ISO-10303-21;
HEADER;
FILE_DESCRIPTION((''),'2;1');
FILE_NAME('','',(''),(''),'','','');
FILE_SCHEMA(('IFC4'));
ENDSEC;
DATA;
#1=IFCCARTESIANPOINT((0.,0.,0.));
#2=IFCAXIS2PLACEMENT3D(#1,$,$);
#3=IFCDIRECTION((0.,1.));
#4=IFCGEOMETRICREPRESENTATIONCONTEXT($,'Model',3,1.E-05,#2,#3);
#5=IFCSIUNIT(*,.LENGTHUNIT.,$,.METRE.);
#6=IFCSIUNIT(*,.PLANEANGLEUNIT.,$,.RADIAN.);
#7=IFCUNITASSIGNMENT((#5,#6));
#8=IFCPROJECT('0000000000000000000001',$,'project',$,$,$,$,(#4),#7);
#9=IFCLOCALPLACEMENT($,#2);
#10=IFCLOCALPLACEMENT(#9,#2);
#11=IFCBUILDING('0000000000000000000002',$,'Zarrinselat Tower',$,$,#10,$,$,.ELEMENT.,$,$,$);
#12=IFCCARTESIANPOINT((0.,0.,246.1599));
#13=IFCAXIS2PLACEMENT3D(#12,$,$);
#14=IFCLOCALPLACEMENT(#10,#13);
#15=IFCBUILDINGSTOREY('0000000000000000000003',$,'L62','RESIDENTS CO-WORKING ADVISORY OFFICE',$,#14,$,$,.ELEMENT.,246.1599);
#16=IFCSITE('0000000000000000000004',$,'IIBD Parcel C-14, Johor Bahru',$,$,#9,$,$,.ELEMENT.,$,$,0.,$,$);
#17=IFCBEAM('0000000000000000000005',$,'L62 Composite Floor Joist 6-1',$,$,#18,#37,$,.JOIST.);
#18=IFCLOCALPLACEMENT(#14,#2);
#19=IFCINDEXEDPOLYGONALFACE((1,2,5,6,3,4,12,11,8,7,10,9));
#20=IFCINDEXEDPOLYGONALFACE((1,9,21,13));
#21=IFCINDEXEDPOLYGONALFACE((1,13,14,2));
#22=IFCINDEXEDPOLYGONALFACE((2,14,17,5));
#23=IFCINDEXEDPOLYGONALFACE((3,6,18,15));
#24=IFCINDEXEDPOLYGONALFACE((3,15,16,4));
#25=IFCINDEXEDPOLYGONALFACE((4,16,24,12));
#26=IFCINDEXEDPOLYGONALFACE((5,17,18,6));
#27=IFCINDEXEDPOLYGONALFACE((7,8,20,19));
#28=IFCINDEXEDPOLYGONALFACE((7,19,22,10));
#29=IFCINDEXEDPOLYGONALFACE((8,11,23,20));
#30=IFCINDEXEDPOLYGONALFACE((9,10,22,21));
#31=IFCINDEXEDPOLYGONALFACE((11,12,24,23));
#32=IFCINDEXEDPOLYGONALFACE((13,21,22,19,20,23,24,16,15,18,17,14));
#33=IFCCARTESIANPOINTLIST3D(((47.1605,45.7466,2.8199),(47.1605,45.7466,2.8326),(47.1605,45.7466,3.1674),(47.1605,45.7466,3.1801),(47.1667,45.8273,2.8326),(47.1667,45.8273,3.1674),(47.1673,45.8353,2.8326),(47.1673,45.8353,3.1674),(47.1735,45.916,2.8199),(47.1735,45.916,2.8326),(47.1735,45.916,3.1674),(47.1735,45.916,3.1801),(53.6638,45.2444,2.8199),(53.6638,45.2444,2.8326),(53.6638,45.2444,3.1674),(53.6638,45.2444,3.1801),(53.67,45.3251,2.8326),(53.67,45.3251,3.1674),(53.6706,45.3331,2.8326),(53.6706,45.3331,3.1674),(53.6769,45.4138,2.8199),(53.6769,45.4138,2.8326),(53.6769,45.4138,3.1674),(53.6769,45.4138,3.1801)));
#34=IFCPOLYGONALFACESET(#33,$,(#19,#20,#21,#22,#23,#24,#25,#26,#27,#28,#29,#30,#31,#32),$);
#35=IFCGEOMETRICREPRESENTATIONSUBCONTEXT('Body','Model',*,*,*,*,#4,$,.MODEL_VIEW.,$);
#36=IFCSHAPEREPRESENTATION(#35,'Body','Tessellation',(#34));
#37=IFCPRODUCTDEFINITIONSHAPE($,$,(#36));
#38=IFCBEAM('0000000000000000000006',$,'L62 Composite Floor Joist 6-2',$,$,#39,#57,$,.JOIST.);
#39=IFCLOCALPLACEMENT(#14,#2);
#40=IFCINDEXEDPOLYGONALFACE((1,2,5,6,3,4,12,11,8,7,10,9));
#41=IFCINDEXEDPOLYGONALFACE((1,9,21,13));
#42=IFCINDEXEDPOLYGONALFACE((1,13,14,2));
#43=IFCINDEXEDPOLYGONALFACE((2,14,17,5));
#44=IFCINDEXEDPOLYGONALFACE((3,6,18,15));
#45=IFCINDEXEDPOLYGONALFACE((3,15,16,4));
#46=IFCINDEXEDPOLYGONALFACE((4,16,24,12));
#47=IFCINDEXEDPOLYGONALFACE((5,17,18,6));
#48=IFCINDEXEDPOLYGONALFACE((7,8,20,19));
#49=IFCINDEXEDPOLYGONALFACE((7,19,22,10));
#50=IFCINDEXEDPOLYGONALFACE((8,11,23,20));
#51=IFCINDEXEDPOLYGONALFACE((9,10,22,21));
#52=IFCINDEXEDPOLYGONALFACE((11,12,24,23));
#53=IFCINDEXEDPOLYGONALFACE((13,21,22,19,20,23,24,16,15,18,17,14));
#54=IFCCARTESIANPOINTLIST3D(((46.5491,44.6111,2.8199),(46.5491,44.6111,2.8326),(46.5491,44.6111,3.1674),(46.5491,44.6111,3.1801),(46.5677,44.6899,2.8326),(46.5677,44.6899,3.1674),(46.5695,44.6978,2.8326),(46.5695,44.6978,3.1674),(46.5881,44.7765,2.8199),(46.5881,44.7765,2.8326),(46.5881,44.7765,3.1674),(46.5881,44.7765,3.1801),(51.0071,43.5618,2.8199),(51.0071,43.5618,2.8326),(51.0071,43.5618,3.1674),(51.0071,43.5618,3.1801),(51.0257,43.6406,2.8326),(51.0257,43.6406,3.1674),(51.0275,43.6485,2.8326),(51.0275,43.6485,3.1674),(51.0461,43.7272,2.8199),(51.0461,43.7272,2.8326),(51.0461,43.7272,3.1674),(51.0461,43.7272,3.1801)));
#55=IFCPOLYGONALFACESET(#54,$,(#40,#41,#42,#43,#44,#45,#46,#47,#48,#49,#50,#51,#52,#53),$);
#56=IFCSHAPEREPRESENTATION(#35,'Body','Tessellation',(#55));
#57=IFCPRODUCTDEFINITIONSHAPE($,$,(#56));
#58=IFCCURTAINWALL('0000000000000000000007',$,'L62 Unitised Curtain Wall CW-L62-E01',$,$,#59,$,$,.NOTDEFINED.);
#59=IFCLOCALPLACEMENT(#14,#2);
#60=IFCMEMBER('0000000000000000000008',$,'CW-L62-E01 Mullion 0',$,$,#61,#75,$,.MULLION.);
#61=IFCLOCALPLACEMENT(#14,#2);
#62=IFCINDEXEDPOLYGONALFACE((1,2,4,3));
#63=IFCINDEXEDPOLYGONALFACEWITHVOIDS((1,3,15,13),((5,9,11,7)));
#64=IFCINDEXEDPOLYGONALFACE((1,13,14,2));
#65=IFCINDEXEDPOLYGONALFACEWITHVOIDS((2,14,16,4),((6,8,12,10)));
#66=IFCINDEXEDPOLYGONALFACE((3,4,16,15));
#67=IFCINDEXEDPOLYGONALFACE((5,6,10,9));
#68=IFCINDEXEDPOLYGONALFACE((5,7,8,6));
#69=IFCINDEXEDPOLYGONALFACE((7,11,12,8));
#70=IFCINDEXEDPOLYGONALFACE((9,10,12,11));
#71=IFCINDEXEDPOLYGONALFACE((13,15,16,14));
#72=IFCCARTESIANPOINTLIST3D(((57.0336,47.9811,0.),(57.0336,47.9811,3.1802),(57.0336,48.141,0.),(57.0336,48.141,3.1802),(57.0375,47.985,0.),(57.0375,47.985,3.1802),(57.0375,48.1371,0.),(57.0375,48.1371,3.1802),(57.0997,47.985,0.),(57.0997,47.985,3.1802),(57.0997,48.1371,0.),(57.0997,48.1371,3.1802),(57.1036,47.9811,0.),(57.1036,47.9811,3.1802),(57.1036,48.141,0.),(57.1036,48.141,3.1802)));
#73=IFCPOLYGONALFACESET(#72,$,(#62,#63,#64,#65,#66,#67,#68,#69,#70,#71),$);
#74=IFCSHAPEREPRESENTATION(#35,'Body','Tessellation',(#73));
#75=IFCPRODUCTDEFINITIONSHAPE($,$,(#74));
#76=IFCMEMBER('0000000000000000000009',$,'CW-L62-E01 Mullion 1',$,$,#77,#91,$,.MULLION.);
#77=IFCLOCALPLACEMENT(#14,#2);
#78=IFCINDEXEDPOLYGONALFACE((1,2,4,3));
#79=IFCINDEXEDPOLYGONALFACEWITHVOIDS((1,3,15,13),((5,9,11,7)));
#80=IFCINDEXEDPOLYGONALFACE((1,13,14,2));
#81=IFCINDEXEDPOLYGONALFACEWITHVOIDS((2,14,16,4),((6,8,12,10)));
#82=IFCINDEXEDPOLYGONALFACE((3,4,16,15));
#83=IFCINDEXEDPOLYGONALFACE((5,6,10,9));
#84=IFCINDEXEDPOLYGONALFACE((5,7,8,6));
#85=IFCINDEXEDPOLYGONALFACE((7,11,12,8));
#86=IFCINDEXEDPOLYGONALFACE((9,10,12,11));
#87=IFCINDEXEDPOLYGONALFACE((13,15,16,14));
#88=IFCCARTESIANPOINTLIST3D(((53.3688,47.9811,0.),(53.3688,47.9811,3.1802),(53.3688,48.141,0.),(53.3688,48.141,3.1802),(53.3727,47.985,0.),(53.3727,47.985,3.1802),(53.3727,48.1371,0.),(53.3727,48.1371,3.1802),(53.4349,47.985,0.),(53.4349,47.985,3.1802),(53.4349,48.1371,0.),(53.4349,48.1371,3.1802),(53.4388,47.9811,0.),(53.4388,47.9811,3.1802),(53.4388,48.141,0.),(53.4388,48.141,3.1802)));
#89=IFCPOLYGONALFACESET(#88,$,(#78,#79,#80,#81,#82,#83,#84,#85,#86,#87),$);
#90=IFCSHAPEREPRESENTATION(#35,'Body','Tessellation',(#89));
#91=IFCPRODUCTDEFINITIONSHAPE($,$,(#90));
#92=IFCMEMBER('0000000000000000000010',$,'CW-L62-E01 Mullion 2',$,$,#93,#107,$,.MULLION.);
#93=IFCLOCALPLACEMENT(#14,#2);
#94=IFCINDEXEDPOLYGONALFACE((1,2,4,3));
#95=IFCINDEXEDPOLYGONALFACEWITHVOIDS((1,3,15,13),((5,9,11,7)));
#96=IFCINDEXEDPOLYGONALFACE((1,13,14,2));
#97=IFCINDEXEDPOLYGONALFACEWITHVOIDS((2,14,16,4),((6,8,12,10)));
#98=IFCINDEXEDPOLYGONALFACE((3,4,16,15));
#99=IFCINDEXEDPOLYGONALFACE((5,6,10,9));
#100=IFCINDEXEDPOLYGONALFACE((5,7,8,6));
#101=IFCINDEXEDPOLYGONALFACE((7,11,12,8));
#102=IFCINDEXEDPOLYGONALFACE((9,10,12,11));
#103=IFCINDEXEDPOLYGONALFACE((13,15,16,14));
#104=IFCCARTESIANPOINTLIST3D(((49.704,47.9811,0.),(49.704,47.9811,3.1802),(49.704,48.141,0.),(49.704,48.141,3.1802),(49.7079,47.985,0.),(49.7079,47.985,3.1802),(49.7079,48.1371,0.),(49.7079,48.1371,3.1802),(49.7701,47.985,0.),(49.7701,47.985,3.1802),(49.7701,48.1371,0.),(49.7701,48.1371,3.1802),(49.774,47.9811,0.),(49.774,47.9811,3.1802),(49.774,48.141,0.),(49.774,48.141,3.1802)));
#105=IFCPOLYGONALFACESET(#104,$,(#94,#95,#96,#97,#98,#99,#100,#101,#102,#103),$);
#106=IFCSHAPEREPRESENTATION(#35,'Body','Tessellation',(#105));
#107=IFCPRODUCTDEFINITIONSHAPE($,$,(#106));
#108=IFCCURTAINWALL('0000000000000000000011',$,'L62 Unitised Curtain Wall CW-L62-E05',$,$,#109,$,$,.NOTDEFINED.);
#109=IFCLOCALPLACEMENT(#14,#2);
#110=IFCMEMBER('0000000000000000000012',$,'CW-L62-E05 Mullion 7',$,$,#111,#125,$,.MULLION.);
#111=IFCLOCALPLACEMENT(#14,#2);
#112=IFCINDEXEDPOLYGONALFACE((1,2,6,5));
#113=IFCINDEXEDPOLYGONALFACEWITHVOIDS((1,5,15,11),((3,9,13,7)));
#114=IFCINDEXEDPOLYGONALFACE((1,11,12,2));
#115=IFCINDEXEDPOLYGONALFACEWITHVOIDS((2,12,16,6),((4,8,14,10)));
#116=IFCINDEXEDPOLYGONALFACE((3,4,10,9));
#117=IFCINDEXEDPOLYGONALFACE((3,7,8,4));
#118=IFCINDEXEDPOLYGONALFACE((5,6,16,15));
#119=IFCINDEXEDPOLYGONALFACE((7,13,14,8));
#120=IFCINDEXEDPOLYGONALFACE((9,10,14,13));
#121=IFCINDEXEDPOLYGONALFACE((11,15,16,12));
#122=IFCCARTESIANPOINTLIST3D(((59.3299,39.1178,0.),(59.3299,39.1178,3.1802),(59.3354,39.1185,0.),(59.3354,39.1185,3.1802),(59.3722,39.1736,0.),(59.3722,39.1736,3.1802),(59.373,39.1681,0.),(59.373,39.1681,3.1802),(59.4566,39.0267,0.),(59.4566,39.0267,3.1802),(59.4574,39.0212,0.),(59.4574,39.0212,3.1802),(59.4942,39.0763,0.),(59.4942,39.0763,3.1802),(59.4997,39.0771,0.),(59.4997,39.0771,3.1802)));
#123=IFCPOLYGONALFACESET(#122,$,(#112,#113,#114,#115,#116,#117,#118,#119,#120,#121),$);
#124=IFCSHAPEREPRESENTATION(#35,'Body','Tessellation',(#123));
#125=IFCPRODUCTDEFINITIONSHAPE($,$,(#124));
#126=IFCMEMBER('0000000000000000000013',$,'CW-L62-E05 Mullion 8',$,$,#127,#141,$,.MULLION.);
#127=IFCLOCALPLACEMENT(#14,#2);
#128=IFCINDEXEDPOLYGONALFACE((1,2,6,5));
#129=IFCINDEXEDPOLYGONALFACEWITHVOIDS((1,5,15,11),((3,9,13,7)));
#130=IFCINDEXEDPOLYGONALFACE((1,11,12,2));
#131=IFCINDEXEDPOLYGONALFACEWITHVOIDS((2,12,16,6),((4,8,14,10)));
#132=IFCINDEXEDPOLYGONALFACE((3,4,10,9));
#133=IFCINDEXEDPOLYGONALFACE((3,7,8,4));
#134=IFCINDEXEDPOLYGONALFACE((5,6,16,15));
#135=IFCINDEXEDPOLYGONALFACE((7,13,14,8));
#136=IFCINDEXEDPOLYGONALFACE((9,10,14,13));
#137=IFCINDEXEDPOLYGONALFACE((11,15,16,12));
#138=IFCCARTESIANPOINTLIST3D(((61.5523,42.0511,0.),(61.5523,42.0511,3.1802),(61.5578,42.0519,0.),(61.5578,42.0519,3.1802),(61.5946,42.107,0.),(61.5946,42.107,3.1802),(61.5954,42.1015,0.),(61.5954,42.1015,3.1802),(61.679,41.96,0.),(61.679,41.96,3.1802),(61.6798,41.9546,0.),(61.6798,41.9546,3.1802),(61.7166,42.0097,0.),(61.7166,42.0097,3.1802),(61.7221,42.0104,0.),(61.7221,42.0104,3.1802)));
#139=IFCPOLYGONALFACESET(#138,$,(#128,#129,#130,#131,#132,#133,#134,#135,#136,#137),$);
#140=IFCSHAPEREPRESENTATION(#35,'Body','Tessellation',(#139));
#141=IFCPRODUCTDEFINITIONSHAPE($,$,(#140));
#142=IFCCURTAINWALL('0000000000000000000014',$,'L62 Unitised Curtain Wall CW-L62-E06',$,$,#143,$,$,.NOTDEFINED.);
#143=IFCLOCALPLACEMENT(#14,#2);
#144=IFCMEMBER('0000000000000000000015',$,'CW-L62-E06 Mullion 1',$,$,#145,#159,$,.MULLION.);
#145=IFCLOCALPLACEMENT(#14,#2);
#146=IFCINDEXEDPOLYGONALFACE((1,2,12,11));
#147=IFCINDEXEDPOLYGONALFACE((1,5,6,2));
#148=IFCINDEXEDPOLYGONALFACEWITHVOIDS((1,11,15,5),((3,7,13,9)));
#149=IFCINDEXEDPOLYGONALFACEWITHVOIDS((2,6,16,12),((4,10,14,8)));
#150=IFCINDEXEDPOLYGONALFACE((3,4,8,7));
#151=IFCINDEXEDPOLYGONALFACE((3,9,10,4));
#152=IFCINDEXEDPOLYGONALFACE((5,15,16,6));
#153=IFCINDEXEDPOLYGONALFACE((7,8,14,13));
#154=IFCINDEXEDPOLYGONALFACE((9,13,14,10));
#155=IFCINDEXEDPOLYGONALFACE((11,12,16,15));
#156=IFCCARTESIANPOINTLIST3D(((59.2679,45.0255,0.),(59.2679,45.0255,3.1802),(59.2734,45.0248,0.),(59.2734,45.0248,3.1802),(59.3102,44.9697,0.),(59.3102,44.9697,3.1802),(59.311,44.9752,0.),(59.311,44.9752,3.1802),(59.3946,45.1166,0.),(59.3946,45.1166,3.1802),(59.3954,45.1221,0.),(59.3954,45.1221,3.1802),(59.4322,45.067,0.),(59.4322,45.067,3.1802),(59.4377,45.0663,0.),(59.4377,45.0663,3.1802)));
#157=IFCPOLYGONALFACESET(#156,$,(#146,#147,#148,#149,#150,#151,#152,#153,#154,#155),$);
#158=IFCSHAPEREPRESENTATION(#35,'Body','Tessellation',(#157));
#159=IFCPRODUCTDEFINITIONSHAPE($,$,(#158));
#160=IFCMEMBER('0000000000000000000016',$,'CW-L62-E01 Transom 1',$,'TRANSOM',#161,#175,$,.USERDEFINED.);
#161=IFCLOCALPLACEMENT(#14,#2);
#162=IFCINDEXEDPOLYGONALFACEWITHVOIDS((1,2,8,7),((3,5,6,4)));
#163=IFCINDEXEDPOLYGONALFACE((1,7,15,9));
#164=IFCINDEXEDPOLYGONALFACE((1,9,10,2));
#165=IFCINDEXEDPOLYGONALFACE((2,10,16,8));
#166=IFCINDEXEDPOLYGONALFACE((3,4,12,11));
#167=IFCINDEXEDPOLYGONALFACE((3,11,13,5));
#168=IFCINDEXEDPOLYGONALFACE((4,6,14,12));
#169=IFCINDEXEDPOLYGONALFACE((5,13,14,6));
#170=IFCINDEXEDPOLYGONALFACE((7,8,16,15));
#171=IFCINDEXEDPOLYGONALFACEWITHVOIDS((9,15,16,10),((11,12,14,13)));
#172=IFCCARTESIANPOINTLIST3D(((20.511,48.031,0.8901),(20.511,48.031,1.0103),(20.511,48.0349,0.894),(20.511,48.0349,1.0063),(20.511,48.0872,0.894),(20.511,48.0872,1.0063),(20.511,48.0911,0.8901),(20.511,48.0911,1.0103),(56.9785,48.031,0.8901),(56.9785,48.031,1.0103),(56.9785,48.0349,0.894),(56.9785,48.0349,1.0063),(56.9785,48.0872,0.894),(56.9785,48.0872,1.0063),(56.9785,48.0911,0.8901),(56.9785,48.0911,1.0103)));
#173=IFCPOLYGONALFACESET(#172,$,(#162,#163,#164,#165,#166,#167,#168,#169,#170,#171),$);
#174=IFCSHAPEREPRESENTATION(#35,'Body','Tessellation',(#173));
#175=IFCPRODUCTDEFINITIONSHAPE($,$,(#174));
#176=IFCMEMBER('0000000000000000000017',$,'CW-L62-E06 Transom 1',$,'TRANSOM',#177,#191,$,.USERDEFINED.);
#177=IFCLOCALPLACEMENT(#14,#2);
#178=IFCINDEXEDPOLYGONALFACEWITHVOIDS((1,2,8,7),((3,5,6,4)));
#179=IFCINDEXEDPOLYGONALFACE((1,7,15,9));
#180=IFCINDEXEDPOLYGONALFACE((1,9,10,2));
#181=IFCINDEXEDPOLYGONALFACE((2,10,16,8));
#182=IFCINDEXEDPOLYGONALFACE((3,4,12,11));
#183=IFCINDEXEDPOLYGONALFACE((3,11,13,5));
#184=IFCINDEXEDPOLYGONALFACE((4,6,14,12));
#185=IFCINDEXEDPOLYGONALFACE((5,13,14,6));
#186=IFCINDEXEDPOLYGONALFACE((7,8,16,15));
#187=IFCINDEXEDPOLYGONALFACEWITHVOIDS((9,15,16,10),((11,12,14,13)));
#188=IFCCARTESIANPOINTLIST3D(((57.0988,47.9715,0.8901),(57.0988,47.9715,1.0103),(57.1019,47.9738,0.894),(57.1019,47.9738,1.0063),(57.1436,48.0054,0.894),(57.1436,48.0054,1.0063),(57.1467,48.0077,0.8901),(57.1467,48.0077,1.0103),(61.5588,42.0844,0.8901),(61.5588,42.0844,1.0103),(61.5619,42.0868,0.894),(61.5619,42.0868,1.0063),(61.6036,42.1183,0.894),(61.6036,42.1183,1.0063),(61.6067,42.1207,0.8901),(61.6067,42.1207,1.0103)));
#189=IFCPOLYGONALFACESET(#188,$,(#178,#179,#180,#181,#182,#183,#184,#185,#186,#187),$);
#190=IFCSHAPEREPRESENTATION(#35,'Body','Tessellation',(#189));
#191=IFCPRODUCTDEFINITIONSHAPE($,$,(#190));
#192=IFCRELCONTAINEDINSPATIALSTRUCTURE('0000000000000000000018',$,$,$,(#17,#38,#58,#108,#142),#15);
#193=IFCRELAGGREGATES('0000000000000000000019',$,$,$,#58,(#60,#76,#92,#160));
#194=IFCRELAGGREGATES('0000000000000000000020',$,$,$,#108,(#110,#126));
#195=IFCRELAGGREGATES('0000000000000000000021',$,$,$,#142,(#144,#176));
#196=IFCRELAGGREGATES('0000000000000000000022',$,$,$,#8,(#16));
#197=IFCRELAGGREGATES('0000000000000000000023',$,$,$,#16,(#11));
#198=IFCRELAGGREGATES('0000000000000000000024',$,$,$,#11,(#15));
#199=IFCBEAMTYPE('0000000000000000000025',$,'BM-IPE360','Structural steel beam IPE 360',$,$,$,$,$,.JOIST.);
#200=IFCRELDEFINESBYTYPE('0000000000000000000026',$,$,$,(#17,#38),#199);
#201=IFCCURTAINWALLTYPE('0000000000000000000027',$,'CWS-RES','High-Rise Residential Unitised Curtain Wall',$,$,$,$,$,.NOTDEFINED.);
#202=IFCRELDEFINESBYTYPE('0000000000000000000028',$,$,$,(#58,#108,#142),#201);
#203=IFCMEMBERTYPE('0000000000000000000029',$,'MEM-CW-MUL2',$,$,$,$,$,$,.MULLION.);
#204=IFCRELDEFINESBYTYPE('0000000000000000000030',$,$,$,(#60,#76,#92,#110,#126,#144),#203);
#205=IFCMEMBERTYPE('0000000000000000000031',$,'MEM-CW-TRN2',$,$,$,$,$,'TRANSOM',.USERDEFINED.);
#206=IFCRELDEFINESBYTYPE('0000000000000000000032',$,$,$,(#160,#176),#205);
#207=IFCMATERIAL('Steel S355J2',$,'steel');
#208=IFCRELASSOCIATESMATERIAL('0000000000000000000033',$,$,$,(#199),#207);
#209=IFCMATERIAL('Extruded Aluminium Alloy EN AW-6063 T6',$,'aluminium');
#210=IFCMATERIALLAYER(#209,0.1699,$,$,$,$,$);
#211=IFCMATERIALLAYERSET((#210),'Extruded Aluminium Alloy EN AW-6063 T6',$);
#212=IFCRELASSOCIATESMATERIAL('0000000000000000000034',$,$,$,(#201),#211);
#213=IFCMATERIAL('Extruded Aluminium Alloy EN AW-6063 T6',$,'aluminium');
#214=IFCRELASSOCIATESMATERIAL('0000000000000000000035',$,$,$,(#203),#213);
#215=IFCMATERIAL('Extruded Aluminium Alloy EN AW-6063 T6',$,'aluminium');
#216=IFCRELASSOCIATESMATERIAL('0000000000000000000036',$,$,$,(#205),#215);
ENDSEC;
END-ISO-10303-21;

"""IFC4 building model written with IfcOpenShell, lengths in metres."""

from ifc_helpers import new_model, si_unit, direction, frame, origin, origin_2d, place, context, subcontext, project, spatial, hollow_rectangle, i_section, extrude, material, layer, layer_set, material_profile, profile_set, type_object, element, aggregate, save


model = new_model("IFC4")

# Units and contexts
model_context = context("Model", 3, precision=1e-05, world=origin(), true_north=direction((0.0, 1.0)))
body_context = subcontext(model_context, "Body", "Model", "MODEL_VIEW")
ifc_project = project(units=[si_unit("LENGTHUNIT", "METRE"), si_unit("PLANEANGLEUNIT", "RADIAN")], contexts=[model_context])

# Site, building, storey
site_placement = place(None, origin())
site = spatial("IfcSite", under=ifc_project, at=site_placement, Name="IIBD Parcel C-14, Johor Bahru", CompositionType="ELEMENT", RefElevation=0.0)
building_placement = place(site_placement, origin())
building = spatial("IfcBuilding", under=site, at=building_placement, Name="Zarrinselat Tower", CompositionType="ELEMENT")
storey_placement = place(building_placement, frame((0.0, 0.0, 246.1599)))
storey = spatial("IfcBuildingStorey", under=building, at=storey_placement, Name="L62", Description="RESIDENTS CO-WORKING ADVISORY OFFICE", CompositionType="ELEMENT", Elevation=246.1599)

# Beams
ifc_material_1 = material(Name="Steel S355J2", Category="steel")
ifc_material_profile_1 = material_profile(ifc_material_1, i_section(OverallWidth=0.1699, OverallDepth=0.3601, WebThickness=0.0081, FlangeThickness=0.0127, at=origin_2d()), Name="IPE 360")
ifc_profile_set_1 = profile_set([ifc_material_profile_1], Name="Steel S355J2")
beam_type_1 = type_object("IfcBeamType", Name="BM-IPE360", Description="Structural steel beam IPE 360", PredefinedType="JOIST", material=ifc_profile_set_1)
beam_1_placement = place(storey_placement, frame((47.167, 45.8313, 3.0), z_axis=(0.997032, -0.076991, 0.0), x_axis=(0.076991, 0.997032, 0.0)))
element("IfcBeam", 1, at=beam_1_placement, inside=storey, type_object=beam_type_1, Name="L62 Composite Floor Joist 6-1", PredefinedType="JOIST", context=body_context, shape_type="SweptSolid", body=[
    extrude(i_section(OverallWidth=0.1699, OverallDepth=0.3601, WebThickness=0.0081, FlangeThickness=0.0127, at=origin_2d()), origin(), (0.0, 0.0, 1.0), 6.5227),
])
beam_2_placement = place(storey_placement, frame((46.5686, 44.6938, 3.0), z_axis=(0.973399, -0.229117, 0.0), x_axis=(0.229117, 0.973399, 0.0)))
element("IfcBeam", 2, at=beam_2_placement, inside=storey, type_object=beam_type_1, Name="L62 Composite Floor Joist 6-2", PredefinedType="JOIST", context=body_context, shape_type="SweptSolid", body=[
    extrude(i_section(OverallWidth=0.1699, OverallDepth=0.3601, WebThickness=0.0081, FlangeThickness=0.0127, at=origin_2d()), origin(), (0.0, 0.0, 1.0), 4.5798),
])

# Curtain walls, members
ifc_material_2 = material(Name="Extruded Aluminium Alloy EN AW-6063 T6", Category="aluminium")
ifc_layer_1 = layer(ifc_material_2, 0.1699)
ifc_layer_set_1 = layer_set([ifc_layer_1], Name="Extruded Aluminium Alloy EN AW-6063 T6")
curtain_wall_type = type_object("IfcCurtainWallType", Name="CWS-RES", Description="High-Rise Residential Unitised Curtain Wall", PredefinedType="NOTDEFINED", material=ifc_layer_set_1)
curtain_wall_1_placement = place(storey_placement, origin())
curtain_wall_1 = element("IfcCurtainWall", 3, at=curtain_wall_1_placement, inside=storey, type_object=curtain_wall_type, Name="L62 Unitised Curtain Wall CW-L62-E01", PredefinedType="NOTDEFINED")
ifc_material_3 = material(Name="Extruded Aluminium Alloy EN AW-6063 T6", Category="aluminium")
ifc_material_profile_2 = material_profile(ifc_material_3, hollow_rectangle(XDim=0.0701, YDim=0.1599, WallThickness=0.0039, at=origin_2d()), Name="RHS 160x70x4")
ifc_profile_set_2 = profile_set([ifc_material_profile_2], Name="Extruded Aluminium Alloy EN AW-6063 T6")
member_type_1 = type_object("IfcMemberType", Name="MEM-CW-MUL2", PredefinedType="MULLION", material=ifc_profile_set_2)
member_1_placement = place(storey_placement, frame((57.0686, 48.061, 0.0), z_axis=(0.0, 0.0, 1.0), x_axis=(-1.0, 0.0, 0.0)))
member_1 = element("IfcMember", 4, at=member_1_placement, type_object=member_type_1, Name="CW-L62-E01 Mullion 0", PredefinedType="MULLION", context=body_context, shape_type="SweptSolid", body=[
    extrude(hollow_rectangle(XDim=0.0701, YDim=0.1599, WallThickness=0.0039, at=origin_2d()), origin(), (0.0, 0.0, 1.0), 3.1802),
])
member_2_placement = place(storey_placement, frame((53.4038, 48.061, 0.0), z_axis=(0.0, 0.0, 1.0), x_axis=(-1.0, 0.0, 0.0)))
member_2 = element("IfcMember", 5, at=member_2_placement, type_object=member_type_1, Name="CW-L62-E01 Mullion 1", PredefinedType="MULLION", context=body_context, shape_type="SweptSolid", body=[
    extrude(hollow_rectangle(XDim=0.0701, YDim=0.1599, WallThickness=0.0039, at=origin_2d()), origin(), (0.0, 0.0, 1.0), 3.1802),
])
member_3_placement = place(storey_placement, frame((49.739, 48.061, 0.0), z_axis=(0.0, 0.0, 1.0), x_axis=(-1.0, 0.0, 0.0)))
member_3 = element("IfcMember", 6, at=member_3_placement, type_object=member_type_1, Name="CW-L62-E01 Mullion 2", PredefinedType="MULLION", context=body_context, shape_type="SweptSolid", body=[
    extrude(hollow_rectangle(XDim=0.0701, YDim=0.1599, WallThickness=0.0039, at=origin_2d()), origin(), (0.0, 0.0, 1.0), 3.1802),
])
curtain_wall_2_placement = place(storey_placement, origin())
curtain_wall_2 = element("IfcCurtainWall", 7, at=curtain_wall_2_placement, inside=storey, type_object=curtain_wall_type, Name="L62 Unitised Curtain Wall CW-L62-E05", PredefinedType="NOTDEFINED")
member_4_placement = place(storey_placement, frame((59.4148, 39.0974, 0.0), z_axis=(0.0, 0.0, 1.0), x_axis=(0.603858, 0.797092, 0.0)))
member_4 = element("IfcMember", 8, at=member_4_placement, type_object=member_type_1, Name="CW-L62-E05 Mullion 7", PredefinedType="MULLION", context=body_context, shape_type="SweptSolid", body=[
    extrude(hollow_rectangle(XDim=0.0701, YDim=0.1599, WallThickness=0.0039, at=origin_2d()), origin(), (0.0, 0.0, 1.0), 3.1802),
])
member_5_placement = place(storey_placement, frame((61.6372, 42.0308, 0.0), z_axis=(0.0, 0.0, 1.0), x_axis=(0.603858, 0.797092, 0.0)))
member_5 = element("IfcMember", 9, at=member_5_placement, type_object=member_type_1, Name="CW-L62-E05 Mullion 8", PredefinedType="MULLION", context=body_context, shape_type="SweptSolid", body=[
    extrude(hollow_rectangle(XDim=0.0701, YDim=0.1599, WallThickness=0.0039, at=origin_2d()), origin(), (0.0, 0.0, 1.0), 3.1802),
])

# Curtain wall, member
curtain_wall_3_placement = place(storey_placement, origin())
curtain_wall_3 = element("IfcCurtainWall", 10, at=curtain_wall_3_placement, inside=storey, type_object=curtain_wall_type, Name="L62 Unitised Curtain Wall CW-L62-E06", PredefinedType="NOTDEFINED")
member_6_placement = place(storey_placement, frame((59.3528, 45.0459, 0.0), z_axis=(0.0, 0.0, 1.0), x_axis=(-0.603865, 0.797086, 0.0)))
member_6 = element("IfcMember", 11, at=member_6_placement, type_object=member_type_1, Name="CW-L62-E06 Mullion 1", PredefinedType="MULLION", context=body_context, shape_type="SweptSolid", body=[
    extrude(hollow_rectangle(XDim=0.0701, YDim=0.1599, WallThickness=0.0039, at=origin_2d()), origin(), (0.0, 0.0, 1.0), 3.1802),
])

# Members
ifc_material_4 = material(Name="Extruded Aluminium Alloy EN AW-6063 T6", Category="aluminium")
ifc_material_profile_3 = material_profile(ifc_material_4, hollow_rectangle(XDim=0.0601, YDim=0.1201, WallThickness=0.0039, at=origin_2d()), Name="RHS 120x60x4")
ifc_profile_set_3 = profile_set([ifc_material_profile_3], Name="Extruded Aluminium Alloy EN AW-6063 T6")
member_type_2 = type_object("IfcMemberType", Name="MEM-CW-TRN2", ElementType="TRANSOM", PredefinedType="USERDEFINED", material=ifc_profile_set_3)
member_7_placement = place(storey_placement, frame((56.9785, 48.061, 0.9502), z_axis=(-1.0, 0.0, 0.0), x_axis=(0.0, -1.0, 0.0)))
member_7 = element("IfcMember", 12, at=member_7_placement, type_object=member_type_2, Name="CW-L62-E01 Transom 1", ObjectType="TRANSOM", PredefinedType="USERDEFINED", context=body_context, shape_type="SweptSolid", body=[
    extrude(hollow_rectangle(XDim=0.0601, YDim=0.1201, WallThickness=0.0039, at=origin_2d()), origin(), (0.0, 0.0, 1.0), 36.4675),
])
member_8_placement = place(storey_placement, frame((61.5828, 42.1025, 0.9502), z_axis=(-0.60387, 0.797083, 0.0), x_axis=(-0.797083, -0.60387, 0.0)))
member_8 = element("IfcMember", 13, at=member_8_placement, type_object=member_type_2, Name="CW-L62-E06 Transom 1", ObjectType="TRANSOM", PredefinedType="USERDEFINED", context=body_context, shape_type="SweptSolid", body=[
    extrude(hollow_rectangle(XDim=0.0601, YDim=0.1201, WallThickness=0.0039, at=origin_2d()), origin(), (0.0, 0.0, 1.0), 7.3857),
])

aggregate(curtain_wall_1, [member_1, member_2, member_3, member_7])
aggregate(curtain_wall_2, [member_4, member_5])
aggregate(curtain_wall_3, [member_6, member_8])

save(model, "model.ifc")
